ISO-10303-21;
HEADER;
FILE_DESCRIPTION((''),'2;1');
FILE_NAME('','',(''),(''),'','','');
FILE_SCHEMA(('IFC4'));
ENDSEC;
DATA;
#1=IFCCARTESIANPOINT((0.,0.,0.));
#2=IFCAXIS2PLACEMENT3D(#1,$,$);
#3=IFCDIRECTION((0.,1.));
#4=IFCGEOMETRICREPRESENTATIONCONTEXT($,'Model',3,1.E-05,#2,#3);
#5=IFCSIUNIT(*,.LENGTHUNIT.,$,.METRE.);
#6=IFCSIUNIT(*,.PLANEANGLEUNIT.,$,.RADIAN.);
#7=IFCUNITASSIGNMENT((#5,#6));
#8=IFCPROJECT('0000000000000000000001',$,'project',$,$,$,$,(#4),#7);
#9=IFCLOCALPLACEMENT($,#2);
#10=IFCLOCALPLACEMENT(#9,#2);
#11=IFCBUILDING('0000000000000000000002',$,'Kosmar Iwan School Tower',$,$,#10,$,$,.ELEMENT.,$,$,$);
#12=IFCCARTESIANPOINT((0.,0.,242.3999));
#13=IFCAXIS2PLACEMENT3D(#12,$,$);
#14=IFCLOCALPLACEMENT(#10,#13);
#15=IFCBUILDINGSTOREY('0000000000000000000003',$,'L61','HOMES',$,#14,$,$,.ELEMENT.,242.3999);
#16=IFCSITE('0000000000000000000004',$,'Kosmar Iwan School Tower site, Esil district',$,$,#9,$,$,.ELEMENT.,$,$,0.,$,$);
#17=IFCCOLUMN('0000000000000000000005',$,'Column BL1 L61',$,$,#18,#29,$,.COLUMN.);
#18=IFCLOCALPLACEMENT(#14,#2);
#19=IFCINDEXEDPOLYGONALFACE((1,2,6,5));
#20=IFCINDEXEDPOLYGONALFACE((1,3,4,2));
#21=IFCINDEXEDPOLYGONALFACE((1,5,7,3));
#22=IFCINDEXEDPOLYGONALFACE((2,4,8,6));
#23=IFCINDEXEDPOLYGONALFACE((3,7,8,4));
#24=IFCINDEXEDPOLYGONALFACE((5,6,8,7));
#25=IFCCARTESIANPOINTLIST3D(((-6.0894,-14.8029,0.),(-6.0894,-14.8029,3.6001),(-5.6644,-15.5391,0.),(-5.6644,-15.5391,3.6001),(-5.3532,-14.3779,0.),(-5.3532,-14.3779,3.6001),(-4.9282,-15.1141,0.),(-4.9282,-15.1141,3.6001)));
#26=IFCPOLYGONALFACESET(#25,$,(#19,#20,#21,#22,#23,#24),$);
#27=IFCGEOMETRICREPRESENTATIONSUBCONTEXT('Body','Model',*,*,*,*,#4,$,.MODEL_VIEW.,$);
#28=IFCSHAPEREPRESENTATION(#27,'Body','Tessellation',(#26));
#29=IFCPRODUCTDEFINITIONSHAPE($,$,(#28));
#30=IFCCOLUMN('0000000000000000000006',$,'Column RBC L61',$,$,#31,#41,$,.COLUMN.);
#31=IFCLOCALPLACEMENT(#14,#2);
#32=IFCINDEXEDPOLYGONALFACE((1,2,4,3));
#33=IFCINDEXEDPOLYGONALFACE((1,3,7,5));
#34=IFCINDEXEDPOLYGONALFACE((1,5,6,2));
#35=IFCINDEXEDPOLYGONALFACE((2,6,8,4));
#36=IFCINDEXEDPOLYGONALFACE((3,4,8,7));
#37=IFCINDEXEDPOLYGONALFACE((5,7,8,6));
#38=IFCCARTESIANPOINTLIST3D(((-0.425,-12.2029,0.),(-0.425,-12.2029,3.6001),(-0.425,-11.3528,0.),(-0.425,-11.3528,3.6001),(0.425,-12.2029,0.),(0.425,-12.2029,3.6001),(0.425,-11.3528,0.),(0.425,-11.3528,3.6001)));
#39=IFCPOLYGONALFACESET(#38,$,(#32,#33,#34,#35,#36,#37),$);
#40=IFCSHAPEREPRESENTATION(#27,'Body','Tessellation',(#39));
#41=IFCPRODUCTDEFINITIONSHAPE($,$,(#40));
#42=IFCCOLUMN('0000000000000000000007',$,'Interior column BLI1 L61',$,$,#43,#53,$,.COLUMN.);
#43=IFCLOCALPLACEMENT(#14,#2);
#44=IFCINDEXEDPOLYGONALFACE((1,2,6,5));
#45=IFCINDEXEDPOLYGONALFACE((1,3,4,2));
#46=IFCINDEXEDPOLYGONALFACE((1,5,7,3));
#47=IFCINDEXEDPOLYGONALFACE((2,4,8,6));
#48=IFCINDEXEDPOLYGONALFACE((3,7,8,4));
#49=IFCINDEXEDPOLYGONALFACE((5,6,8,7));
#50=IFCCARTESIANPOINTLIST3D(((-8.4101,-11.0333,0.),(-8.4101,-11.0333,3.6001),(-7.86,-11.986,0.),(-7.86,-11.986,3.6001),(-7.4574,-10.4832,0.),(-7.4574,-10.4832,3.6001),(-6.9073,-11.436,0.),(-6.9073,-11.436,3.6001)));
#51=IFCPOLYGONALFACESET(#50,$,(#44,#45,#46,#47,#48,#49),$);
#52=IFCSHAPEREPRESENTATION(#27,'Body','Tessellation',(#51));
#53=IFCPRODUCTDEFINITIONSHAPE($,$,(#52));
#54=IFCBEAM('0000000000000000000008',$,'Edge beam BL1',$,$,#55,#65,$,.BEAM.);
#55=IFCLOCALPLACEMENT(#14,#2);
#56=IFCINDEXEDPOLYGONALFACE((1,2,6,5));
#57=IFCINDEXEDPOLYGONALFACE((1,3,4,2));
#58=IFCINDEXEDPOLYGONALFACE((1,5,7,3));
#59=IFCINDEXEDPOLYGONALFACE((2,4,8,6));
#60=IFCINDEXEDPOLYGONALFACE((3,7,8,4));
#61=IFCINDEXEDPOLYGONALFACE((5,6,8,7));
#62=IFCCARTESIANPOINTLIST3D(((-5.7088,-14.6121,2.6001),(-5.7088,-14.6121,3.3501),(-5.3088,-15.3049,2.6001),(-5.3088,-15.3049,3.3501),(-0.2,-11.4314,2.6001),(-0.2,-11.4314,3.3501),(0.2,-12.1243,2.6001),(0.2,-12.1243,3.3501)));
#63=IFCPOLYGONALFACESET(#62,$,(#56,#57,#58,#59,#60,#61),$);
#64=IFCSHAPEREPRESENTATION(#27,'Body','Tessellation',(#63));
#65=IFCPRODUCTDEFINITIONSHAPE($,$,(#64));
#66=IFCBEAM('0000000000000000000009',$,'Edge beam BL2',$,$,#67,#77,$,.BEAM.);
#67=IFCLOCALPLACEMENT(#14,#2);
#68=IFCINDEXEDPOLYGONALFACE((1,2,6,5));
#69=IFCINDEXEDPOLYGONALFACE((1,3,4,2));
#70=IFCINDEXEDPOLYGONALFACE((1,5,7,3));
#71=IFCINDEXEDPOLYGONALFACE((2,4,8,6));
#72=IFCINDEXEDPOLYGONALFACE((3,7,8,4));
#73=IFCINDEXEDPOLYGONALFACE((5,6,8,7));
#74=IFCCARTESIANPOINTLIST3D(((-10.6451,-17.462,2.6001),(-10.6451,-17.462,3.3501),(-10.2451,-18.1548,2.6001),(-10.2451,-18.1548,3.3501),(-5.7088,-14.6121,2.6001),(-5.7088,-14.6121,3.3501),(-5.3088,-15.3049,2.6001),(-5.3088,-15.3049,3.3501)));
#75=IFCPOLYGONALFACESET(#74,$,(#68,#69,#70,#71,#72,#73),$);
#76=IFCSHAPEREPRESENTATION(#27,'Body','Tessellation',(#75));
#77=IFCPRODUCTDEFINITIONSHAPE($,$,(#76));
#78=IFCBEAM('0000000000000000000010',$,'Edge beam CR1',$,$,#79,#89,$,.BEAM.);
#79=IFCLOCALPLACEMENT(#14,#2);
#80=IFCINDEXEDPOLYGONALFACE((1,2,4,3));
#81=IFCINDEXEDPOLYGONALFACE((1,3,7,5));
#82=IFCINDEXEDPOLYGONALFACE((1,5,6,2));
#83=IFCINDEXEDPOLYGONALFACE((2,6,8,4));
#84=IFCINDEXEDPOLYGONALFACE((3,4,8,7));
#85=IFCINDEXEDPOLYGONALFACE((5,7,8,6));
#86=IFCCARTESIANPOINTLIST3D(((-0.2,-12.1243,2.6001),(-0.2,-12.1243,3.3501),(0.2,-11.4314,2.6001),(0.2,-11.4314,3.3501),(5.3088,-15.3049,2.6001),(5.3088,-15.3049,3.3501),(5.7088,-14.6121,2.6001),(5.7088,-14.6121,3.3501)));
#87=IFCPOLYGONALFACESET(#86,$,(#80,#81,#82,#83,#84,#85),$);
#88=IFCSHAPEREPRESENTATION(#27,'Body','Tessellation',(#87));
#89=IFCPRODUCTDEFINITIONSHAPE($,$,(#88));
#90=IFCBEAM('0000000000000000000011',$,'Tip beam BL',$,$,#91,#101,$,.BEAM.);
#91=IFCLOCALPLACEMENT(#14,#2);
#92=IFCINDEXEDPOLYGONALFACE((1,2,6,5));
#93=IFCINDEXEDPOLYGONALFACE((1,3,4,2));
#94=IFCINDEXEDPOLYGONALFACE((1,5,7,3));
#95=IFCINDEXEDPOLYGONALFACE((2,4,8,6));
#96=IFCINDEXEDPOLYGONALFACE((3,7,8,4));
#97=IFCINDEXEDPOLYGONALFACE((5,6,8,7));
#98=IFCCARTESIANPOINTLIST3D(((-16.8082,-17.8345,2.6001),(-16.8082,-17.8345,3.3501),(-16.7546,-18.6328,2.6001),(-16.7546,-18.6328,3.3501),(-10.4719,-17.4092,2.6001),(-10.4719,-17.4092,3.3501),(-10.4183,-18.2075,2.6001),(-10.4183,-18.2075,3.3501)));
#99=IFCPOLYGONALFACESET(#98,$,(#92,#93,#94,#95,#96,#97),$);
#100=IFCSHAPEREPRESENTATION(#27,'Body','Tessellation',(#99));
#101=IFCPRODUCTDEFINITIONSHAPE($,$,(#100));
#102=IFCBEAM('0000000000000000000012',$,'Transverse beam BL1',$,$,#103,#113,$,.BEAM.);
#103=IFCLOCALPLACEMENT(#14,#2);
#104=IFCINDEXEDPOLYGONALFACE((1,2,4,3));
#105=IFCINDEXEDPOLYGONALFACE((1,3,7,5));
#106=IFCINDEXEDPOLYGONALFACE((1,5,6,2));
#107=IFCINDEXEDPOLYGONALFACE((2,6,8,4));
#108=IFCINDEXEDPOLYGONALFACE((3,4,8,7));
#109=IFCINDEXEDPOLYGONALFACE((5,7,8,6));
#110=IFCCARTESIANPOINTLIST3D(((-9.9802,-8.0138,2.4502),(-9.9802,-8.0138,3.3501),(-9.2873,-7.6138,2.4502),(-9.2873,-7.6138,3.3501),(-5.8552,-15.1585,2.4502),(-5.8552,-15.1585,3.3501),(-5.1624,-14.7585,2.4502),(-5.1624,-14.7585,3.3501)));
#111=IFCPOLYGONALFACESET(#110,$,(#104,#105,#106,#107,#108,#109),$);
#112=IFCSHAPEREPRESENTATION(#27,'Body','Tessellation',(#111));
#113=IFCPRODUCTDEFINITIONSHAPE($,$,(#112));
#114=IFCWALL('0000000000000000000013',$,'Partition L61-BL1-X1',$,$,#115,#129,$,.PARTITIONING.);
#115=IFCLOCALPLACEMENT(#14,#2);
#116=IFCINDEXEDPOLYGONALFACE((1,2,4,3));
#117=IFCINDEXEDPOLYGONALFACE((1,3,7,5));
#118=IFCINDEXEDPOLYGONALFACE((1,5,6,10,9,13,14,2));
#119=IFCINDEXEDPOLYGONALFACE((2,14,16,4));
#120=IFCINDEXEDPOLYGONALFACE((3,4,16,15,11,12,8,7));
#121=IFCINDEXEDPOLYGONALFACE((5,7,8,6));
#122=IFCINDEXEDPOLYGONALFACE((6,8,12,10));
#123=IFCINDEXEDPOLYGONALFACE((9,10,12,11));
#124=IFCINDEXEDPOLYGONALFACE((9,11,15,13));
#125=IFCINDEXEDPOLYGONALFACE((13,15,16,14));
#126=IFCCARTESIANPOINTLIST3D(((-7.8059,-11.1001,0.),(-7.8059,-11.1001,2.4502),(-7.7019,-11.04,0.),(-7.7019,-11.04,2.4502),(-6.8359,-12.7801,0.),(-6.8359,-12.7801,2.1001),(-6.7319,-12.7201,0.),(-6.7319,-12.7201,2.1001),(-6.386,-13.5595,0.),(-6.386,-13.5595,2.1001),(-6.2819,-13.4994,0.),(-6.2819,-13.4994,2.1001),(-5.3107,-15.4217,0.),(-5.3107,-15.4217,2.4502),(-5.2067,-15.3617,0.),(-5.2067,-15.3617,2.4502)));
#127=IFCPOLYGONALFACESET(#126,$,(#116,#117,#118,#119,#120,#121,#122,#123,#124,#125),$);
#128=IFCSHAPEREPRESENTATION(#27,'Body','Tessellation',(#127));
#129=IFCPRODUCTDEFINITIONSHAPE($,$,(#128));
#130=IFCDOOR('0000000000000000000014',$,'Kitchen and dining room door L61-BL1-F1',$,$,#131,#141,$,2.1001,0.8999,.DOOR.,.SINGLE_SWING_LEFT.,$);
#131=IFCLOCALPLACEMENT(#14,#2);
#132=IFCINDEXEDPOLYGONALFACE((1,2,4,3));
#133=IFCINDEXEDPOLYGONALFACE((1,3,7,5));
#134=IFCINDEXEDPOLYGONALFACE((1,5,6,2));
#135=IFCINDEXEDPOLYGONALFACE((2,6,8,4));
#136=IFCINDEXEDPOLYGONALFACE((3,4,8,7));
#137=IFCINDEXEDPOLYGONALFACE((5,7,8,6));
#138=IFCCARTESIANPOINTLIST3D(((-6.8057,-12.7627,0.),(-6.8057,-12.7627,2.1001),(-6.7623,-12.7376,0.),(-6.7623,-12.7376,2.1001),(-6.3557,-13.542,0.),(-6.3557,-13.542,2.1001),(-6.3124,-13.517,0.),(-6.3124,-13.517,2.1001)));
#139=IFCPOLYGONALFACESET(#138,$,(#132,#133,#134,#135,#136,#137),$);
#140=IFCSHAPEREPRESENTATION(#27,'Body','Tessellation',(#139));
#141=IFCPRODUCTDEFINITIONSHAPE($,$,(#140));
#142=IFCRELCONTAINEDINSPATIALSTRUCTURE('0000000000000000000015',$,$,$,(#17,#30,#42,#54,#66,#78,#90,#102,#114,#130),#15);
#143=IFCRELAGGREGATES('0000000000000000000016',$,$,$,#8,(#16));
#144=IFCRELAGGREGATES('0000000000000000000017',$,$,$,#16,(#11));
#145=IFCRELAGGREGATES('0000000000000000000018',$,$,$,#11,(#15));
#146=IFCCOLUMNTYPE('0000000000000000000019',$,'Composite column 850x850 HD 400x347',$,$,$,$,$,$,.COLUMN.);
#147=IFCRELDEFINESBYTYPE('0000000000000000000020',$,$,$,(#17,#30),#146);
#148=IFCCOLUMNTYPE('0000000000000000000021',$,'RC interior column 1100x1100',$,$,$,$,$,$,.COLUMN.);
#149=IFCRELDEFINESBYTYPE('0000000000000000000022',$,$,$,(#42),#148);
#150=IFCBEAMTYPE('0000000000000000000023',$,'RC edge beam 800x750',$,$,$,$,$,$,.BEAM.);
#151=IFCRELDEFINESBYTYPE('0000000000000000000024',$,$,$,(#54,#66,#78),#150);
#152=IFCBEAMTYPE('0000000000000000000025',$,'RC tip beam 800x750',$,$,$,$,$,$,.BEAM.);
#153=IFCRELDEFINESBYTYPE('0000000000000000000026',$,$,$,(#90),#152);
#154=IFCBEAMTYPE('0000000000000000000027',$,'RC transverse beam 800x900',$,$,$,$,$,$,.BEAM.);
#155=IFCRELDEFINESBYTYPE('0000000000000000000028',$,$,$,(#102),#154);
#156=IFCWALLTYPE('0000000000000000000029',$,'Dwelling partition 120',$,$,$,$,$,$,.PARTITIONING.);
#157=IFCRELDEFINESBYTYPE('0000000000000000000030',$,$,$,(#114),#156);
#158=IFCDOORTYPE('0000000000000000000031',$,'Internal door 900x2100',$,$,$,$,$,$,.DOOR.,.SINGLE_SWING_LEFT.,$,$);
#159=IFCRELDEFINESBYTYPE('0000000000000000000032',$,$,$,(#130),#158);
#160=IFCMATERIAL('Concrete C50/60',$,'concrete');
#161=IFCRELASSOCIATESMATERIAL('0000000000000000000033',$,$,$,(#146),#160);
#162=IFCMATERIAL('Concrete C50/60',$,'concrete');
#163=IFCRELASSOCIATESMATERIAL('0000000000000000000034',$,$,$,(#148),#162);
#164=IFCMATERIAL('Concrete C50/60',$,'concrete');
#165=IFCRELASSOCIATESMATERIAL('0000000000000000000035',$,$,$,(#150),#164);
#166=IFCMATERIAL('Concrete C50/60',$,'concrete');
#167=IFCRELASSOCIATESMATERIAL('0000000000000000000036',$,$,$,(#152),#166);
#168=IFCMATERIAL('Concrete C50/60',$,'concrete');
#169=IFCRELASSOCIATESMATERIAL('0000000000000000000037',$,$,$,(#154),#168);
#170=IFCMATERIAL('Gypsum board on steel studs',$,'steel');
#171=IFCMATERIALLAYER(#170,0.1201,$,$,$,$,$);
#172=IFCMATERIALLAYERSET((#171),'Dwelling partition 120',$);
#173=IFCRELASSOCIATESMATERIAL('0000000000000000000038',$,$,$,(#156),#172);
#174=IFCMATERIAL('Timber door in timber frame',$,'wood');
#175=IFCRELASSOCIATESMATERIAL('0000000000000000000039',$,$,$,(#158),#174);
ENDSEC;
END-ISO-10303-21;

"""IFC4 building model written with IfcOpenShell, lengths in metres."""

from ifc_helpers import new_model, si_unit, direction, frame, frame_2d, origin, origin_2d, place, context, subcontext, project, spatial, rectangle, extrude, material, layer, layer_set, material_profile, profile_set, type_object, element, fill, save


model = new_model("IFC4")

# Units and contexts
model_context = context("Model", 3, precision=1e-05, world=origin(), true_north=direction((0.0, 1.0)))
body_context = subcontext(model_context, "Body", "Model", "MODEL_VIEW")
ifc_project = project(units=[si_unit("LENGTHUNIT", "METRE"), si_unit("PLANEANGLEUNIT", "RADIAN")], contexts=[model_context])

# Site, building, storey
site_placement = place(None, origin())
site = spatial("IfcSite", under=ifc_project, at=site_placement, Name="Kosmar Iwan School Tower site, Esil district", CompositionType="ELEMENT", RefElevation=0.0)
building_placement = place(site_placement, origin())
building = spatial("IfcBuilding", under=site, at=building_placement, Name="Kosmar Iwan School Tower", CompositionType="ELEMENT")
storey_placement = place(building_placement, frame((0.0, 0.0, 242.3999)))
storey = spatial("IfcBuildingStorey", under=building, at=storey_placement, Name="L61", Description="HOMES", CompositionType="ELEMENT", Elevation=242.3999)

# Columns
ifc_material_1 = material(Name="Concrete C50/60", Category="concrete")
ifc_material_profile_1 = material_profile(ifc_material_1, rectangle(XDim=0.8501, YDim=0.8501, at=origin_2d()), Name="RC 850x850 + HD 400x347")
ifc_profile_set_1 = profile_set([ifc_material_profile_1], Name="Concrete C50/60")
column_type_1 = type_object("IfcColumnType", Name="Composite column 850x850 HD 400x347", PredefinedType="COLUMN", material=ifc_profile_set_1)
for number, where, z_axis, x_axis, name in (
    (1, (-5.5088, -14.9585, 0.0), (0.0, 0.0, 1.0), (-0.866025, -0.5, 0.0), "Column BL1 L61"),
    (2, (0.0, -11.7778, 0.0), (0.0, 0.0, 1.0), (1.0, 0.0, 0.0), "Column RBC L61"),
):
    element("IfcColumn", number, at=place(storey_placement, frame(where, z_axis=z_axis, x_axis=x_axis)), inside=storey, type_object=column_type_1, Name=name, PredefinedType="COLUMN", context=body_context, shape_type="SweptSolid", body=[
        extrude(rectangle(XDim=0.8501, YDim=0.8501, at=origin_2d()), origin(), (0.0, 0.0, 1.0), 3.6001),
    ])
ifc_material_2 = material(Name="Concrete C50/60", Category="concrete")
ifc_material_profile_2 = material_profile(ifc_material_2, rectangle(XDim=1.1001, YDim=1.1001, at=origin_2d()), Name="RC 1100x1100")
ifc_profile_set_2 = profile_set([ifc_material_profile_2], Name="Concrete C50/60")
column_type_2 = type_object("IfcColumnType", Name="RC interior column 1100x1100", PredefinedType="COLUMN", material=ifc_profile_set_2)
column_placement = place(storey_placement, frame((-7.6587, -11.2346, 0.0), z_axis=(0.0, 0.0, 1.0), x_axis=(-0.866025, -0.5, 0.0)))
element("IfcColumn", 3, at=column_placement, inside=storey, type_object=column_type_2, Name="Interior column BLI1 L61", PredefinedType="COLUMN", context=body_context, shape_type="SweptSolid", body=[
    extrude(rectangle(XDim=1.1001, YDim=1.1001, at=origin_2d()), origin(), (0.0, 0.0, 1.0), 3.6001),
])

# Beams
ifc_material_3 = material(Name="Concrete C50/60", Category="concrete")
ifc_material_profile_3 = material_profile(ifc_material_3, rectangle(XDim=0.8, YDim=0.75, at=origin_2d()), Name="RC 800x750")
ifc_profile_set_3 = profile_set([ifc_material_profile_3], Name="Concrete C50/60")
beam_type_1 = type_object("IfcBeamType", Name="RC edge beam 800x750", PredefinedType="BEAM", material=ifc_profile_set_3)
beam_1_placement = place(storey_placement, frame((0.0, -11.7778, 2.9751), z_axis=(-0.866014, -0.500019, 0.0), x_axis=(0.500019, -0.866014, 0.0)))
element("IfcBeam", 4, at=beam_1_placement, inside=storey, type_object=beam_type_1, Name="Edge beam BL1", PredefinedType="BEAM", context=body_context, shape_type="SweptSolid", body=[
    extrude(rectangle(XDim=0.8, YDim=0.75, at=origin_2d()), origin(), (0.0, 0.0, 1.0), 6.3611),
])
beam_2_placement = place(storey_placement, frame((-5.5088, -14.9585, 2.9751), z_axis=(-0.866034, -0.499986, 0.0), x_axis=(0.499986, -0.866034, 0.0)))
element("IfcBeam", 5, at=beam_2_placement, inside=storey, type_object=beam_type_1, Name="Edge beam BL2", PredefinedType="BEAM", context=body_context, shape_type="SweptSolid", body=[
    extrude(rectangle(XDim=0.8, YDim=0.75, at=origin_2d()), origin(), (0.0, 0.0, 1.0), 5.7),
])
beam_3_placement = place(storey_placement, frame((0.0, -11.7778, 2.9751), z_axis=(0.866014, -0.500019, 0.0), x_axis=(0.500019, 0.866014, 0.0)))
element("IfcBeam", 6, at=beam_3_placement, inside=storey, type_object=beam_type_1, Name="Edge beam CR1", PredefinedType="BEAM", context=body_context, shape_type="SweptSolid", body=[
    extrude(rectangle(XDim=0.8, YDim=0.75, at=origin_2d()), origin(), (0.0, 0.0, 1.0), 6.3611),
])
ifc_material_4 = material(Name="Concrete C50/60", Category="concrete")
ifc_material_profile_4 = material_profile(ifc_material_4, rectangle(XDim=0.8, YDim=0.75, at=origin_2d()), Name="RC 800x750")
ifc_profile_set_4 = profile_set([ifc_material_profile_4], Name="Concrete C50/60")
beam_type_2 = type_object("IfcBeamType", Name="RC tip beam 800x750", PredefinedType="BEAM", material=ifc_profile_set_4)
beam_4_placement = place(storey_placement, frame((-10.4451, -17.8083, 2.9751), z_axis=(-0.997755, -0.066968, 0.0), x_axis=(0.066968, -0.997755, 0.0)))
element("IfcBeam", 7, at=beam_4_placement, inside=storey, type_object=beam_type_2, Name="Tip beam BL", PredefinedType="BEAM", context=body_context, shape_type="SweptSolid", body=[
    extrude(rectangle(XDim=0.8, YDim=0.75, at=origin_2d()), origin(), (0.0, 0.0, 1.0), 6.3506),
])
ifc_material_5 = material(Name="Concrete C50/60", Category="concrete")
ifc_material_profile_5 = material_profile(ifc_material_5, rectangle(XDim=0.8, YDim=0.8999, at=origin_2d()), Name="RC 800x900")
ifc_profile_set_5 = profile_set([ifc_material_profile_5], Name="Concrete C50/60")
beam_type_3 = type_object("IfcBeamType", Name="RC transverse beam 800x900", PredefinedType="BEAM", material=ifc_profile_set_5)
beam_5_placement = place(storey_placement, frame((-5.5088, -14.9585, 2.9001), z_axis=(-0.499997, 0.866027, 0.0), x_axis=(-0.866027, -0.499997, 0.0)))
element("IfcBeam", 8, at=beam_5_placement, inside=storey, type_object=beam_type_3, Name="Transverse beam BL1", PredefinedType="BEAM", context=body_context, shape_type="SweptSolid", body=[
    extrude(rectangle(XDim=0.8, YDim=0.8999, at=origin_2d()), origin(), (0.0, 0.0, 1.0), 8.25),
])

# Wall, opening, door
ifc_material_6 = material(Name="Gypsum board on steel studs", Category="steel")
ifc_layer_1 = layer(ifc_material_6, 0.1201)
ifc_layer_set_1 = layer_set([ifc_layer_1], Name="Dwelling partition 120")
wall_type_1 = type_object("IfcWallType", Name="Dwelling partition 120", PredefinedType="PARTITIONING", material=ifc_layer_set_1)
wall_1_placement = place(storey_placement, frame((-7.7539, -11.0701, 0.0), z_axis=(0.0, 0.0, 1.0), x_axis=(0.500012, -0.866019, 0.0)))
wall_1 = element("IfcWall", 9, at=wall_1_placement, inside=storey, type_object=wall_type_1, Name="Partition L61-BL1-X1", PredefinedType="PARTITIONING", context=body_context, shape_type="SweptSolid", body=[
    extrude(rectangle(XDim=4.9902, YDim=0.1201, at=frame_2d((2.4951, 0.0))), origin(), (0.0, 0.0, 1.0), 2.4502),
])
opening_1_placement = place(wall_1_placement, frame((1.9399, 0.0, 0.0)))
opening_1 = element("IfcOpeningElement", 10, at=opening_1_placement, cuts=wall_1, PredefinedType="OPENING", context=body_context, shape_type="SweptSolid", body=[
    extrude(rectangle(XDim=0.8999, YDim=2.1001, at=frame_2d((0.45, 1.05))), frame((0.0, 0.072, 0.0), z_axis=(0.0, -1.0, 0.0), x_axis=(1.0, 0.0, 0.0)), (0.0, 0.0, 1.0), 0.144),
])
ifc_material_7 = material(Name="Timber door in timber frame", Category="wood")
door_type = type_object("IfcDoorType", Name="Internal door 900x2100", OperationType="SINGLE_SWING_LEFT", PredefinedType="DOOR", material=ifc_material_7)
door_placement = place(opening_1_placement, origin())
door = element("IfcDoor", 11, at=door_placement, inside=storey, type_object=door_type, Name="Kitchen and dining room door L61-BL1-F1", OperationType="SINGLE_SWING_LEFT", OverallHeight=2.1001, OverallWidth=0.8999, PredefinedType="DOOR", context=body_context, shape_type="SweptSolid", body=[
    extrude(rectangle(XDim=0.8999, YDim=2.1001, at=frame_2d((0.45, 1.05))), frame((0.0, 0.0249, 0.0), z_axis=(0.0, -1.0, 0.0), x_axis=(1.0, 0.0, 0.0)), (0.0, 0.0, 1.0), 0.05),
])
fill(opening_1, door)

save(model, "model.ifc")
